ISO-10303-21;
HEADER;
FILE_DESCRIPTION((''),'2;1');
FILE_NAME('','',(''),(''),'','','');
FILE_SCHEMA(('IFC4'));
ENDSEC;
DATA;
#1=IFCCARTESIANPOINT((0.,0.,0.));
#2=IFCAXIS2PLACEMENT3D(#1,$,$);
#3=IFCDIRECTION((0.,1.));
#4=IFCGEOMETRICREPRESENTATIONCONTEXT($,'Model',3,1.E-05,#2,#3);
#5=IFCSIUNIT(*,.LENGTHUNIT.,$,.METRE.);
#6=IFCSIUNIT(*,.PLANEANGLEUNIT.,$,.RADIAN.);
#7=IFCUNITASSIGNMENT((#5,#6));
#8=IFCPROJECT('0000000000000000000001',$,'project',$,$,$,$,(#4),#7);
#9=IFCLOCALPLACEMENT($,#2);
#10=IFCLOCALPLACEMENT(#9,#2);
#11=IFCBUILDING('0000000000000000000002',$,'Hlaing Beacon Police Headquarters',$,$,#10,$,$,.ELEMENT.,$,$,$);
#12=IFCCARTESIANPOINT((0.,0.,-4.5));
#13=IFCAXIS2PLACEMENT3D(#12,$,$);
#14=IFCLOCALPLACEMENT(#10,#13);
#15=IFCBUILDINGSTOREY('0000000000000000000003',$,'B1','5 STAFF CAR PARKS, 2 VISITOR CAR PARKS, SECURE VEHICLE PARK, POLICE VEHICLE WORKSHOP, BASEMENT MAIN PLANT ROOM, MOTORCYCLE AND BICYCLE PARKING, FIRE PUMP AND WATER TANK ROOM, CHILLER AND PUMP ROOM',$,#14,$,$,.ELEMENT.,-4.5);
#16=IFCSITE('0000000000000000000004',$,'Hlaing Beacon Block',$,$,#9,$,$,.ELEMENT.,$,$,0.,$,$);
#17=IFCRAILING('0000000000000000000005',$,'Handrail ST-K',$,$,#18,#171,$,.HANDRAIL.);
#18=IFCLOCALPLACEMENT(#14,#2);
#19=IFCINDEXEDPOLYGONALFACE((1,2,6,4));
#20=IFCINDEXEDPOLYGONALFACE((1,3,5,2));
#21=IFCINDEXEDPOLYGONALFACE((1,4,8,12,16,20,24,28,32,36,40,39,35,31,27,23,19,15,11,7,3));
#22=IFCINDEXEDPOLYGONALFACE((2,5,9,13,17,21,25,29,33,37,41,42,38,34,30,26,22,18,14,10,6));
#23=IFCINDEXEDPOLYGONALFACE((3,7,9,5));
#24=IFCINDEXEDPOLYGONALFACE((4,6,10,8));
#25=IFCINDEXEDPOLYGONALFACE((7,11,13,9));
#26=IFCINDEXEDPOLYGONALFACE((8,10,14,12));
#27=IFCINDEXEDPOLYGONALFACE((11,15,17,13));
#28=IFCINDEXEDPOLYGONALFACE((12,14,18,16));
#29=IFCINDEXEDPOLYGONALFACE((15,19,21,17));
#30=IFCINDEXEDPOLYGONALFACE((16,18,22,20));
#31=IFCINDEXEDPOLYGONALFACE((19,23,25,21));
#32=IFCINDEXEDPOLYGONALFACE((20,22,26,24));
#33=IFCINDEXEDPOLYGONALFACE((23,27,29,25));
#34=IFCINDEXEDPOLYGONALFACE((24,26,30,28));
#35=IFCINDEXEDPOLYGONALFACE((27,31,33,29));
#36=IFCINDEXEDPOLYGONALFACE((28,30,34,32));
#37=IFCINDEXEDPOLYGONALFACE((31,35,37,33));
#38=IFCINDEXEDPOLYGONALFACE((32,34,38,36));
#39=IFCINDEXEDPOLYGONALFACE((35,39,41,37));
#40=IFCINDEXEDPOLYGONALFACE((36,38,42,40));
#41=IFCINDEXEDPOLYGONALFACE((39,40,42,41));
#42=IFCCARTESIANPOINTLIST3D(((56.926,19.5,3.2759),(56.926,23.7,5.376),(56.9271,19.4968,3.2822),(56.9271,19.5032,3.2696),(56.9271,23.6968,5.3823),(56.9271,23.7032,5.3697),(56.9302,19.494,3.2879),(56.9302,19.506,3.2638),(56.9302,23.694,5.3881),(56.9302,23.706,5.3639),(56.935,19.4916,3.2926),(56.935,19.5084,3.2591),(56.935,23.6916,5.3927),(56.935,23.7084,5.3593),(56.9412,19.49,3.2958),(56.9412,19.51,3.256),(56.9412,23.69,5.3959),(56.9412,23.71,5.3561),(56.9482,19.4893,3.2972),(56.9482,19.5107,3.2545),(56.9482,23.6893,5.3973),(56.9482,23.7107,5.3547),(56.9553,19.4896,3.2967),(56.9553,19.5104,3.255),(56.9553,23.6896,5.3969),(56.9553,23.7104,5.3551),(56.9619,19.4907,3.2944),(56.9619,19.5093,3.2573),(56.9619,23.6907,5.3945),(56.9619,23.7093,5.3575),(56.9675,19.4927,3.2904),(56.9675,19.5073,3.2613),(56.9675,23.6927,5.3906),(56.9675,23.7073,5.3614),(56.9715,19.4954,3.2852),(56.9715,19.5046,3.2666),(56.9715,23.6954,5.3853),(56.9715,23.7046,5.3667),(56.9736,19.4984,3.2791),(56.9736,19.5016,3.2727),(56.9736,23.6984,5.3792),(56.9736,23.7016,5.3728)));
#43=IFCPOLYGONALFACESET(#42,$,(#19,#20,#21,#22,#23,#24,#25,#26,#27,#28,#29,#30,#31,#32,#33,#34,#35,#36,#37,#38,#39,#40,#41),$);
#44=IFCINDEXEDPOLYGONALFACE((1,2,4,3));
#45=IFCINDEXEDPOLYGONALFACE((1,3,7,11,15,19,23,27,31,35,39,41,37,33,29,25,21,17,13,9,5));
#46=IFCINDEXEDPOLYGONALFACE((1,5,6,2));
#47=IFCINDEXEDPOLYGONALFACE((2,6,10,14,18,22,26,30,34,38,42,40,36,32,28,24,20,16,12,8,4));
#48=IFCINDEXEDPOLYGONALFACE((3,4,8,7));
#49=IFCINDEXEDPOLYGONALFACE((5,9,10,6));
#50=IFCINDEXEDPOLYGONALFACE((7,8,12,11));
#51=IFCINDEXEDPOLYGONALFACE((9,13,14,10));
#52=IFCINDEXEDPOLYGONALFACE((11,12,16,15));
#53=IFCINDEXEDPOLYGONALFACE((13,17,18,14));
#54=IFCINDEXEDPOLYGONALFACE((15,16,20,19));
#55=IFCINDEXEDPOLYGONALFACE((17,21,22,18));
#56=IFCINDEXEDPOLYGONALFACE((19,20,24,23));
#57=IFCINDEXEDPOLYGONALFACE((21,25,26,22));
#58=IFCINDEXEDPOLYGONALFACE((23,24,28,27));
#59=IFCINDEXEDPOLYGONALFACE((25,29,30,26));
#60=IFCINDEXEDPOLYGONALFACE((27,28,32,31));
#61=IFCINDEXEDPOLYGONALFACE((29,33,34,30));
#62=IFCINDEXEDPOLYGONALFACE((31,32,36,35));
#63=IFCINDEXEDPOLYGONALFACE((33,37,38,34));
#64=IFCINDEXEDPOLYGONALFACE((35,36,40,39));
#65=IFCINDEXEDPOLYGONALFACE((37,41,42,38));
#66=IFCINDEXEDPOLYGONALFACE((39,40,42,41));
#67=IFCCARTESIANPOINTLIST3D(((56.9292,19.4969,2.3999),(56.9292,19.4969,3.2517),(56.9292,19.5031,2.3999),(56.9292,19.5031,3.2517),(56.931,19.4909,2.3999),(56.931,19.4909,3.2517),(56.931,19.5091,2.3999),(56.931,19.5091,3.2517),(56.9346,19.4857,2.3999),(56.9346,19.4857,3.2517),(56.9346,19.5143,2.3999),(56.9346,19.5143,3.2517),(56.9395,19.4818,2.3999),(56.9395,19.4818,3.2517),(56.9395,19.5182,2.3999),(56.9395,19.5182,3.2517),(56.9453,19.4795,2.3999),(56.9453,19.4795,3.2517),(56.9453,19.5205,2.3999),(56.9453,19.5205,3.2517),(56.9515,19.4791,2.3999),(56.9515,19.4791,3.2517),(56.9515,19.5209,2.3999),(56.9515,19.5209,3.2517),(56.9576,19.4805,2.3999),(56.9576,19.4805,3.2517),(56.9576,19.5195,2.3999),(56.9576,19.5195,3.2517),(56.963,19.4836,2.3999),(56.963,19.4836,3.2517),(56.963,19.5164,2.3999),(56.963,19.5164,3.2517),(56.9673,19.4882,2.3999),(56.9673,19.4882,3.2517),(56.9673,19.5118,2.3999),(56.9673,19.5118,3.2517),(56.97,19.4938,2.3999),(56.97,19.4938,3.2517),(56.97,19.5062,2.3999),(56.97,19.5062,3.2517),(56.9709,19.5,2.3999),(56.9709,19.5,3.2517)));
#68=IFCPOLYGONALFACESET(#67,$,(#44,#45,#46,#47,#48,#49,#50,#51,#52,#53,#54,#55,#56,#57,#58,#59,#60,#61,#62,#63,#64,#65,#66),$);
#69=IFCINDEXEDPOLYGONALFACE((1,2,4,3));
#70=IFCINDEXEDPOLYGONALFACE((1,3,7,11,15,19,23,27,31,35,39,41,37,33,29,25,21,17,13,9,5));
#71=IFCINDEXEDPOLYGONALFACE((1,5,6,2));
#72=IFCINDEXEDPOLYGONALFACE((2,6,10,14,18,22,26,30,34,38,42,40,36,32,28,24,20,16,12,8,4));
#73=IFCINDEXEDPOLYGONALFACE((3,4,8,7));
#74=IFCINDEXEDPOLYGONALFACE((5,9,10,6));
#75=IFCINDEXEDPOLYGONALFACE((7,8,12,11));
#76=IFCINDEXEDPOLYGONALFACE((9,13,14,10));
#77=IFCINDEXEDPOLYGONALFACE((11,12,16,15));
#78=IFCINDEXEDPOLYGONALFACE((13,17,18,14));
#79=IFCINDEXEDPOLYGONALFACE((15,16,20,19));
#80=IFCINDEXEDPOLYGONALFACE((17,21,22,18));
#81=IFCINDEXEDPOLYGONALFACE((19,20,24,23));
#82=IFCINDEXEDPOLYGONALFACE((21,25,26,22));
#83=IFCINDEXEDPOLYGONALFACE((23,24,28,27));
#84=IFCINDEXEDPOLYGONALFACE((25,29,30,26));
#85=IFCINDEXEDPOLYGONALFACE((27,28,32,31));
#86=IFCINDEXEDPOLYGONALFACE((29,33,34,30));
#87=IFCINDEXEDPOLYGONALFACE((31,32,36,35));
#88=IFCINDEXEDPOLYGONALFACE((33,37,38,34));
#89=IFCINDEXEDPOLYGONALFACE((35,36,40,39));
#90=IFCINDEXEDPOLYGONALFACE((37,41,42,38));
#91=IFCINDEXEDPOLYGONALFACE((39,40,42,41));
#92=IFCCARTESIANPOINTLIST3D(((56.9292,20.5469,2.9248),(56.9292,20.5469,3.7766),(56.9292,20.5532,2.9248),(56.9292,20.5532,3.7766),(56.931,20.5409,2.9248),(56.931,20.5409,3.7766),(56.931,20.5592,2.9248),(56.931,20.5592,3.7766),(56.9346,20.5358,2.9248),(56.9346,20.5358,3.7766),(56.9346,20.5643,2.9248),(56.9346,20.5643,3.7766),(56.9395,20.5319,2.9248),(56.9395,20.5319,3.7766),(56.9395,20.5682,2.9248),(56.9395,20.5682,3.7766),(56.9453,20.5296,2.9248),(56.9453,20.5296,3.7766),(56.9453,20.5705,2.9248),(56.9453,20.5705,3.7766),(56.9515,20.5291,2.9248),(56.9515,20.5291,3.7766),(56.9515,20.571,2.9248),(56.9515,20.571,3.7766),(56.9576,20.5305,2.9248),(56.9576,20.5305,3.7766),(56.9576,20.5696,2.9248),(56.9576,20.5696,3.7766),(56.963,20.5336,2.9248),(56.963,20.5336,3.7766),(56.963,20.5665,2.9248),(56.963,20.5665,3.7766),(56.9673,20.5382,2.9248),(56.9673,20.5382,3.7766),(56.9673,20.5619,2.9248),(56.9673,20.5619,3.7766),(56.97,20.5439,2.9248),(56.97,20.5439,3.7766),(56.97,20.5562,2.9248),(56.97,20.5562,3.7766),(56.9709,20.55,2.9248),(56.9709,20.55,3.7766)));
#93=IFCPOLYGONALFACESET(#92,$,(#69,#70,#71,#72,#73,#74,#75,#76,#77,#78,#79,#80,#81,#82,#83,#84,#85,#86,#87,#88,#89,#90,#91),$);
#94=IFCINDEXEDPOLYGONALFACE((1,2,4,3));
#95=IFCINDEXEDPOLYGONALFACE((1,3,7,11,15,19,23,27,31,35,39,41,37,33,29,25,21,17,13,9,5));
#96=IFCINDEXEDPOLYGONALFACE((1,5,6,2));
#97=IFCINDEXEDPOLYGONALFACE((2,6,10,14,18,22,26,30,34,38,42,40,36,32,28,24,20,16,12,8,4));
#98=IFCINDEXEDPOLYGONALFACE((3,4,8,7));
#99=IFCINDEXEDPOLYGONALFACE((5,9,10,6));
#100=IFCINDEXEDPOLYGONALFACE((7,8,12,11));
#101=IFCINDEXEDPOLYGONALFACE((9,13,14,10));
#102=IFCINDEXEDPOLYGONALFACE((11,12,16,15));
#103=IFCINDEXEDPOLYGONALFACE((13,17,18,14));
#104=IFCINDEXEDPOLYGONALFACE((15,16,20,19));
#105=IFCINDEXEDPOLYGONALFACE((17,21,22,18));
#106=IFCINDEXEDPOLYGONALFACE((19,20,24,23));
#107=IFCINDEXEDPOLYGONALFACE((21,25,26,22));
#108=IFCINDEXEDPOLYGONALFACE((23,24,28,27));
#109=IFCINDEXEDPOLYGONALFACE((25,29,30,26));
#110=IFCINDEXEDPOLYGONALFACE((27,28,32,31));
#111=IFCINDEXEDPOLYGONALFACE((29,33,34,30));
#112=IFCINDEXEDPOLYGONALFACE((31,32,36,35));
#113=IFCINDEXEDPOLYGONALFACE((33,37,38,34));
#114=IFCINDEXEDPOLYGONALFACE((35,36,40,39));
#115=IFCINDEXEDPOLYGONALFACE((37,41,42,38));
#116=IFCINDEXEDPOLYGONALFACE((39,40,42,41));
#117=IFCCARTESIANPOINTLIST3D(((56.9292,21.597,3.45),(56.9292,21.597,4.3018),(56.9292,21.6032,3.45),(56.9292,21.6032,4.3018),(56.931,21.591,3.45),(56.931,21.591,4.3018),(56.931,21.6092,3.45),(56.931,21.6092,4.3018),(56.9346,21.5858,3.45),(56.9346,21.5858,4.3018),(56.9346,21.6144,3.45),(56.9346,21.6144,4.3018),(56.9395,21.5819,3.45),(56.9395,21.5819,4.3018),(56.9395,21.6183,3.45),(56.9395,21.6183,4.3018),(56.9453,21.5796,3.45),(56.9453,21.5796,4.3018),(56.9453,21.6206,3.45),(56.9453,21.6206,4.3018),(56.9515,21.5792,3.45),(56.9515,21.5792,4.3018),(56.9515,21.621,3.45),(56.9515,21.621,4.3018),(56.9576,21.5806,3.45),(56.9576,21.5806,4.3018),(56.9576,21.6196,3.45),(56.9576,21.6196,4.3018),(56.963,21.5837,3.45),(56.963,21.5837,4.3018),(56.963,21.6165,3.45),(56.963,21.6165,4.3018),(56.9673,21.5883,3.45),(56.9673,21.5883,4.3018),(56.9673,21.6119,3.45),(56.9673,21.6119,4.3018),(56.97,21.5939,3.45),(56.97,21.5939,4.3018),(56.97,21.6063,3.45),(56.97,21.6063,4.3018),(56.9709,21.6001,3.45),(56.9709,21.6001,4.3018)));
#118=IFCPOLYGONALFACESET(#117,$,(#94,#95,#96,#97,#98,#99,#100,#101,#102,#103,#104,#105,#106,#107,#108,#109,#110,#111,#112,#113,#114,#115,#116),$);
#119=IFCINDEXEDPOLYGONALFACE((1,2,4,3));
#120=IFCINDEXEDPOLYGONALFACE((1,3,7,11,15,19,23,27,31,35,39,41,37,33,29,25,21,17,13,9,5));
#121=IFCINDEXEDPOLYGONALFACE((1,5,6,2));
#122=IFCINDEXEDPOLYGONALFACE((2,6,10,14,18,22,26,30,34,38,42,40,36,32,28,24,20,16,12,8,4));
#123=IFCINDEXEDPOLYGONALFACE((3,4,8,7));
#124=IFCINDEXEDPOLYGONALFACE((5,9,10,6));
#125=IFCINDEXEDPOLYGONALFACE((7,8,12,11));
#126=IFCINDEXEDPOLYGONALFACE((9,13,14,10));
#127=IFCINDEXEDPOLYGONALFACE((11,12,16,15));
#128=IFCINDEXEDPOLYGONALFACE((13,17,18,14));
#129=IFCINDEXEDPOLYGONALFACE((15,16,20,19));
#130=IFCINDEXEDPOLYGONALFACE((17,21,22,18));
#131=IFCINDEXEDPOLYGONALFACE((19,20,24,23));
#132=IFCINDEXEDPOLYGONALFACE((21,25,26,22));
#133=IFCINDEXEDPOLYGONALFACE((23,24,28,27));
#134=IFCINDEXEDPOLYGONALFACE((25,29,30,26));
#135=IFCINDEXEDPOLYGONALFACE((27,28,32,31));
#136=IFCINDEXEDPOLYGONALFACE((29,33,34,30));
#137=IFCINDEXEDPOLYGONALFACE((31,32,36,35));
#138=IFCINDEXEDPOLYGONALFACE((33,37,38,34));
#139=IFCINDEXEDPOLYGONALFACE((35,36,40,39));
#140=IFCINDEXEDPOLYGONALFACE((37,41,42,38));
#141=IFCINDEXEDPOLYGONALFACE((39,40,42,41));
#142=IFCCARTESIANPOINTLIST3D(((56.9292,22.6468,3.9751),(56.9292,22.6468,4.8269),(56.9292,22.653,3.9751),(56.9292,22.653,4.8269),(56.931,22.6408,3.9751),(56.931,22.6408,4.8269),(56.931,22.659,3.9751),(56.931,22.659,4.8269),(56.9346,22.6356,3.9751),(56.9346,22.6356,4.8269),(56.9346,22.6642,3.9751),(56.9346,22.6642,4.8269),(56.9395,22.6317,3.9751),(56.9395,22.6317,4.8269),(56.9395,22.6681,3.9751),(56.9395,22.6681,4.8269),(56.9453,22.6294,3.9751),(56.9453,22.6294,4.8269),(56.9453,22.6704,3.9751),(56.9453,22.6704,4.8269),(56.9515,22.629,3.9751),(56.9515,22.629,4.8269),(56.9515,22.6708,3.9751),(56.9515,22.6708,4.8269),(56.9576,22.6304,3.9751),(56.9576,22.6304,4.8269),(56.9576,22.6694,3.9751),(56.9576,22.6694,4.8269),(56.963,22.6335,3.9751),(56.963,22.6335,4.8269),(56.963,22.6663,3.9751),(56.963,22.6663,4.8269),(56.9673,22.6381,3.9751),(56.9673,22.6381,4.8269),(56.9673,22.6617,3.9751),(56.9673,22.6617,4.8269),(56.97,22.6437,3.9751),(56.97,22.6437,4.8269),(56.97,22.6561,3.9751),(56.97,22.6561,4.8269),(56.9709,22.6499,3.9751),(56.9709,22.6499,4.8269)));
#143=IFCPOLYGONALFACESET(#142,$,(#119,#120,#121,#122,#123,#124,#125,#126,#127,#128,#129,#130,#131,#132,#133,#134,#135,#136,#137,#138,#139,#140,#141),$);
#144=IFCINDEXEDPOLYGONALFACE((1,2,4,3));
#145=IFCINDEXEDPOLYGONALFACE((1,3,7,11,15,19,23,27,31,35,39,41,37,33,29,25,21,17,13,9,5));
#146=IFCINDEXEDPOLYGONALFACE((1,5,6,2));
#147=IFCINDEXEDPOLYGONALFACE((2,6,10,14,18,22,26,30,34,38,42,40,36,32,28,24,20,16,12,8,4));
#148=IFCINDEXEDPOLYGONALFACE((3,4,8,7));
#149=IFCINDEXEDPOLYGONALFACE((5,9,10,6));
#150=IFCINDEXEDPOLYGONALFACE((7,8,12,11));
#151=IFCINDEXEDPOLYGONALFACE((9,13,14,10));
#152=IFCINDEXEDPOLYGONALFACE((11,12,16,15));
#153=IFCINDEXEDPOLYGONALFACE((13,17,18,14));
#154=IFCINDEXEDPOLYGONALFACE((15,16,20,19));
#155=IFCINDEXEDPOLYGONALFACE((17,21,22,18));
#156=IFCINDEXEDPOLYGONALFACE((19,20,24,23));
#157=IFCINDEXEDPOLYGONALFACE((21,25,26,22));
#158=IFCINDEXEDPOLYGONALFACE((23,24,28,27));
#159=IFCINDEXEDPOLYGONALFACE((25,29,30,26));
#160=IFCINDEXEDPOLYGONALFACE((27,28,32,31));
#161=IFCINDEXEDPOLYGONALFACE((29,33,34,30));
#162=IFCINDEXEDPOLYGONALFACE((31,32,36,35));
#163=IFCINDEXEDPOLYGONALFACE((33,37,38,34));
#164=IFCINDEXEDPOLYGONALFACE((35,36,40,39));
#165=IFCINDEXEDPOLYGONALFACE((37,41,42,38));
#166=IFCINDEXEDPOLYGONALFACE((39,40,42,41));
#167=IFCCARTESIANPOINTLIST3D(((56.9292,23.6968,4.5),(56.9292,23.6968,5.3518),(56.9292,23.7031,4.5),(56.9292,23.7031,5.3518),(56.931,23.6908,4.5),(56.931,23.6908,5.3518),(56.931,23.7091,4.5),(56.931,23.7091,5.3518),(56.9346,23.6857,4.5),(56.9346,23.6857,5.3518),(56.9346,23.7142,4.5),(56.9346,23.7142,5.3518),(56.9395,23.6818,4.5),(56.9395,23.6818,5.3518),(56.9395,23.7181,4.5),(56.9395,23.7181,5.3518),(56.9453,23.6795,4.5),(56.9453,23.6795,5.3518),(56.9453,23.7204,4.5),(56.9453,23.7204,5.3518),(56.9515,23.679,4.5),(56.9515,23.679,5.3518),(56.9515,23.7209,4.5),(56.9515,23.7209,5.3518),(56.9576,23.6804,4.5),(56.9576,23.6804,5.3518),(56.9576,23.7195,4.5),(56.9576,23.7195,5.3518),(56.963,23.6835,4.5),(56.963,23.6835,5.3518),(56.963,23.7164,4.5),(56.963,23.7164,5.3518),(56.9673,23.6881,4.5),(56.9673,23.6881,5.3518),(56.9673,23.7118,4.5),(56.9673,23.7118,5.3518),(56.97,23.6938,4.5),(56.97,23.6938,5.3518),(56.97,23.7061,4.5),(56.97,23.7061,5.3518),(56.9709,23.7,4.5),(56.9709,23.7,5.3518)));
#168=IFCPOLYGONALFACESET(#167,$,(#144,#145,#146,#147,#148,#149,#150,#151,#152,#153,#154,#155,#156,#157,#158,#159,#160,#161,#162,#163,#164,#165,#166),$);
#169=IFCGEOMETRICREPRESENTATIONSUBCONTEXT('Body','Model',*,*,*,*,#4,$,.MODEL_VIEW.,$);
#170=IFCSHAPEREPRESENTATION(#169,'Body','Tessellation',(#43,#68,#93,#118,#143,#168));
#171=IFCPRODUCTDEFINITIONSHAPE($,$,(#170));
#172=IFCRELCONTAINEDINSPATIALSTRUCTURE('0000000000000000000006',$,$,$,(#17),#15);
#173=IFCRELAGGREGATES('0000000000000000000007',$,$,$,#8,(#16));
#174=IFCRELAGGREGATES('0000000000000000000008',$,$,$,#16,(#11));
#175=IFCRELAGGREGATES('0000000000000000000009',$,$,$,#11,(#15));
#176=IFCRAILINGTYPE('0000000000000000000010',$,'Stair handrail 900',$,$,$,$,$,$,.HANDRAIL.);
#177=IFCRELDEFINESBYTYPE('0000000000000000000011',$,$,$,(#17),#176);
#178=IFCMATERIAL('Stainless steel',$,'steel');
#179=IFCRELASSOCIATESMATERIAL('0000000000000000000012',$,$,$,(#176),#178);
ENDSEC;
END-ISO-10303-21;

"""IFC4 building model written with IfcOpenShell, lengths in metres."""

from ifc_helpers import new_model, si_unit, direction, frame, origin, origin_2d, place, context, subcontext, project, spatial, circle, extrude, material, type_object, element, save


model = new_model("IFC4")

# Units and contexts
model_context = context("Model", 3, precision=1e-05, world=origin(), true_north=direction((0.0, 1.0)))
body_context = subcontext(model_context, "Body", "Model", "MODEL_VIEW")
ifc_project = project(units=[si_unit("LENGTHUNIT", "METRE"), si_unit("PLANEANGLEUNIT", "RADIAN")], contexts=[model_context])

# Site, building, storey
site_placement = place(None, origin())
site = spatial("IfcSite", under=ifc_project, at=site_placement, Name="Hlaing Beacon Block", CompositionType="ELEMENT", RefElevation=0.0)
building_placement = place(site_placement, origin())
building = spatial("IfcBuilding", under=site, at=building_placement, Name="Hlaing Beacon Police Headquarters", CompositionType="ELEMENT")
storey_placement = place(building_placement, frame((0.0, 0.0, -4.5)))
storey = spatial("IfcBuildingStorey", under=building, at=storey_placement, Name="B1", Description="5 STAFF CAR PARKS, 2 VISITOR CAR PARKS, SECURE VEHICLE PARK, POLICE VEHICLE WORKSHOP, BASEMENT MAIN PLANT ROOM, MOTORCYCLE AND BICYCLE PARKING, FIRE PUMP AND WATER TANK ROOM, CHILLER AND PUMP ROOM", CompositionType="ELEMENT", Elevation=-4.5)

# Railing
ifc_material_1 = material(Name="Stainless steel", Category="steel")
railing_type = type_object("IfcRailingType", Name="Stair handrail 900", PredefinedType="HANDRAIL", material=ifc_material_1)
for number, where, name in (
    (1, (56.95, 19.5, 2.3999), "Handrail ST-K"),
):
    element("IfcRailing", number, at=place(storey_placement, frame(where)), inside=storey, type_object=railing_type, Name=name, PredefinedType="HANDRAIL", context=body_context, shape_type="SweptSolid", body=[
        extrude(circle(Radius=0.0239, at=origin_2d()), frame((0.0, 0.0, 0.876), z_axis=(0.0, 0.894417, 0.447234), x_axis=(-1.0, 0.0, 0.0)), (0.0, 0.0, 1.0), 4.6958),
        extrude(circle(Radius=0.021, at=origin_2d()), origin(), (0.0, 0.0, 1.0), 0.8518),
        extrude(circle(Radius=0.021, at=origin_2d()), frame((0.0, 1.05, 0.5249)), (0.0, 0.0, 1.0), 0.8518),
        extrude(circle(Radius=0.021, at=origin_2d()), frame((0.0, 2.1001, 1.05)), (0.0, 0.0, 1.0), 0.8518),
        extrude(circle(Radius=0.021, at=origin_2d()), frame((0.0, 3.1499, 1.5752)), (0.0, 0.0, 1.0), 0.8518),
        extrude(circle(Radius=0.021, at=origin_2d()), frame((0.0, 4.2, 2.1001)), (0.0, 0.0, 1.0), 0.8518),
    ])

save(model, "model.ifc")
